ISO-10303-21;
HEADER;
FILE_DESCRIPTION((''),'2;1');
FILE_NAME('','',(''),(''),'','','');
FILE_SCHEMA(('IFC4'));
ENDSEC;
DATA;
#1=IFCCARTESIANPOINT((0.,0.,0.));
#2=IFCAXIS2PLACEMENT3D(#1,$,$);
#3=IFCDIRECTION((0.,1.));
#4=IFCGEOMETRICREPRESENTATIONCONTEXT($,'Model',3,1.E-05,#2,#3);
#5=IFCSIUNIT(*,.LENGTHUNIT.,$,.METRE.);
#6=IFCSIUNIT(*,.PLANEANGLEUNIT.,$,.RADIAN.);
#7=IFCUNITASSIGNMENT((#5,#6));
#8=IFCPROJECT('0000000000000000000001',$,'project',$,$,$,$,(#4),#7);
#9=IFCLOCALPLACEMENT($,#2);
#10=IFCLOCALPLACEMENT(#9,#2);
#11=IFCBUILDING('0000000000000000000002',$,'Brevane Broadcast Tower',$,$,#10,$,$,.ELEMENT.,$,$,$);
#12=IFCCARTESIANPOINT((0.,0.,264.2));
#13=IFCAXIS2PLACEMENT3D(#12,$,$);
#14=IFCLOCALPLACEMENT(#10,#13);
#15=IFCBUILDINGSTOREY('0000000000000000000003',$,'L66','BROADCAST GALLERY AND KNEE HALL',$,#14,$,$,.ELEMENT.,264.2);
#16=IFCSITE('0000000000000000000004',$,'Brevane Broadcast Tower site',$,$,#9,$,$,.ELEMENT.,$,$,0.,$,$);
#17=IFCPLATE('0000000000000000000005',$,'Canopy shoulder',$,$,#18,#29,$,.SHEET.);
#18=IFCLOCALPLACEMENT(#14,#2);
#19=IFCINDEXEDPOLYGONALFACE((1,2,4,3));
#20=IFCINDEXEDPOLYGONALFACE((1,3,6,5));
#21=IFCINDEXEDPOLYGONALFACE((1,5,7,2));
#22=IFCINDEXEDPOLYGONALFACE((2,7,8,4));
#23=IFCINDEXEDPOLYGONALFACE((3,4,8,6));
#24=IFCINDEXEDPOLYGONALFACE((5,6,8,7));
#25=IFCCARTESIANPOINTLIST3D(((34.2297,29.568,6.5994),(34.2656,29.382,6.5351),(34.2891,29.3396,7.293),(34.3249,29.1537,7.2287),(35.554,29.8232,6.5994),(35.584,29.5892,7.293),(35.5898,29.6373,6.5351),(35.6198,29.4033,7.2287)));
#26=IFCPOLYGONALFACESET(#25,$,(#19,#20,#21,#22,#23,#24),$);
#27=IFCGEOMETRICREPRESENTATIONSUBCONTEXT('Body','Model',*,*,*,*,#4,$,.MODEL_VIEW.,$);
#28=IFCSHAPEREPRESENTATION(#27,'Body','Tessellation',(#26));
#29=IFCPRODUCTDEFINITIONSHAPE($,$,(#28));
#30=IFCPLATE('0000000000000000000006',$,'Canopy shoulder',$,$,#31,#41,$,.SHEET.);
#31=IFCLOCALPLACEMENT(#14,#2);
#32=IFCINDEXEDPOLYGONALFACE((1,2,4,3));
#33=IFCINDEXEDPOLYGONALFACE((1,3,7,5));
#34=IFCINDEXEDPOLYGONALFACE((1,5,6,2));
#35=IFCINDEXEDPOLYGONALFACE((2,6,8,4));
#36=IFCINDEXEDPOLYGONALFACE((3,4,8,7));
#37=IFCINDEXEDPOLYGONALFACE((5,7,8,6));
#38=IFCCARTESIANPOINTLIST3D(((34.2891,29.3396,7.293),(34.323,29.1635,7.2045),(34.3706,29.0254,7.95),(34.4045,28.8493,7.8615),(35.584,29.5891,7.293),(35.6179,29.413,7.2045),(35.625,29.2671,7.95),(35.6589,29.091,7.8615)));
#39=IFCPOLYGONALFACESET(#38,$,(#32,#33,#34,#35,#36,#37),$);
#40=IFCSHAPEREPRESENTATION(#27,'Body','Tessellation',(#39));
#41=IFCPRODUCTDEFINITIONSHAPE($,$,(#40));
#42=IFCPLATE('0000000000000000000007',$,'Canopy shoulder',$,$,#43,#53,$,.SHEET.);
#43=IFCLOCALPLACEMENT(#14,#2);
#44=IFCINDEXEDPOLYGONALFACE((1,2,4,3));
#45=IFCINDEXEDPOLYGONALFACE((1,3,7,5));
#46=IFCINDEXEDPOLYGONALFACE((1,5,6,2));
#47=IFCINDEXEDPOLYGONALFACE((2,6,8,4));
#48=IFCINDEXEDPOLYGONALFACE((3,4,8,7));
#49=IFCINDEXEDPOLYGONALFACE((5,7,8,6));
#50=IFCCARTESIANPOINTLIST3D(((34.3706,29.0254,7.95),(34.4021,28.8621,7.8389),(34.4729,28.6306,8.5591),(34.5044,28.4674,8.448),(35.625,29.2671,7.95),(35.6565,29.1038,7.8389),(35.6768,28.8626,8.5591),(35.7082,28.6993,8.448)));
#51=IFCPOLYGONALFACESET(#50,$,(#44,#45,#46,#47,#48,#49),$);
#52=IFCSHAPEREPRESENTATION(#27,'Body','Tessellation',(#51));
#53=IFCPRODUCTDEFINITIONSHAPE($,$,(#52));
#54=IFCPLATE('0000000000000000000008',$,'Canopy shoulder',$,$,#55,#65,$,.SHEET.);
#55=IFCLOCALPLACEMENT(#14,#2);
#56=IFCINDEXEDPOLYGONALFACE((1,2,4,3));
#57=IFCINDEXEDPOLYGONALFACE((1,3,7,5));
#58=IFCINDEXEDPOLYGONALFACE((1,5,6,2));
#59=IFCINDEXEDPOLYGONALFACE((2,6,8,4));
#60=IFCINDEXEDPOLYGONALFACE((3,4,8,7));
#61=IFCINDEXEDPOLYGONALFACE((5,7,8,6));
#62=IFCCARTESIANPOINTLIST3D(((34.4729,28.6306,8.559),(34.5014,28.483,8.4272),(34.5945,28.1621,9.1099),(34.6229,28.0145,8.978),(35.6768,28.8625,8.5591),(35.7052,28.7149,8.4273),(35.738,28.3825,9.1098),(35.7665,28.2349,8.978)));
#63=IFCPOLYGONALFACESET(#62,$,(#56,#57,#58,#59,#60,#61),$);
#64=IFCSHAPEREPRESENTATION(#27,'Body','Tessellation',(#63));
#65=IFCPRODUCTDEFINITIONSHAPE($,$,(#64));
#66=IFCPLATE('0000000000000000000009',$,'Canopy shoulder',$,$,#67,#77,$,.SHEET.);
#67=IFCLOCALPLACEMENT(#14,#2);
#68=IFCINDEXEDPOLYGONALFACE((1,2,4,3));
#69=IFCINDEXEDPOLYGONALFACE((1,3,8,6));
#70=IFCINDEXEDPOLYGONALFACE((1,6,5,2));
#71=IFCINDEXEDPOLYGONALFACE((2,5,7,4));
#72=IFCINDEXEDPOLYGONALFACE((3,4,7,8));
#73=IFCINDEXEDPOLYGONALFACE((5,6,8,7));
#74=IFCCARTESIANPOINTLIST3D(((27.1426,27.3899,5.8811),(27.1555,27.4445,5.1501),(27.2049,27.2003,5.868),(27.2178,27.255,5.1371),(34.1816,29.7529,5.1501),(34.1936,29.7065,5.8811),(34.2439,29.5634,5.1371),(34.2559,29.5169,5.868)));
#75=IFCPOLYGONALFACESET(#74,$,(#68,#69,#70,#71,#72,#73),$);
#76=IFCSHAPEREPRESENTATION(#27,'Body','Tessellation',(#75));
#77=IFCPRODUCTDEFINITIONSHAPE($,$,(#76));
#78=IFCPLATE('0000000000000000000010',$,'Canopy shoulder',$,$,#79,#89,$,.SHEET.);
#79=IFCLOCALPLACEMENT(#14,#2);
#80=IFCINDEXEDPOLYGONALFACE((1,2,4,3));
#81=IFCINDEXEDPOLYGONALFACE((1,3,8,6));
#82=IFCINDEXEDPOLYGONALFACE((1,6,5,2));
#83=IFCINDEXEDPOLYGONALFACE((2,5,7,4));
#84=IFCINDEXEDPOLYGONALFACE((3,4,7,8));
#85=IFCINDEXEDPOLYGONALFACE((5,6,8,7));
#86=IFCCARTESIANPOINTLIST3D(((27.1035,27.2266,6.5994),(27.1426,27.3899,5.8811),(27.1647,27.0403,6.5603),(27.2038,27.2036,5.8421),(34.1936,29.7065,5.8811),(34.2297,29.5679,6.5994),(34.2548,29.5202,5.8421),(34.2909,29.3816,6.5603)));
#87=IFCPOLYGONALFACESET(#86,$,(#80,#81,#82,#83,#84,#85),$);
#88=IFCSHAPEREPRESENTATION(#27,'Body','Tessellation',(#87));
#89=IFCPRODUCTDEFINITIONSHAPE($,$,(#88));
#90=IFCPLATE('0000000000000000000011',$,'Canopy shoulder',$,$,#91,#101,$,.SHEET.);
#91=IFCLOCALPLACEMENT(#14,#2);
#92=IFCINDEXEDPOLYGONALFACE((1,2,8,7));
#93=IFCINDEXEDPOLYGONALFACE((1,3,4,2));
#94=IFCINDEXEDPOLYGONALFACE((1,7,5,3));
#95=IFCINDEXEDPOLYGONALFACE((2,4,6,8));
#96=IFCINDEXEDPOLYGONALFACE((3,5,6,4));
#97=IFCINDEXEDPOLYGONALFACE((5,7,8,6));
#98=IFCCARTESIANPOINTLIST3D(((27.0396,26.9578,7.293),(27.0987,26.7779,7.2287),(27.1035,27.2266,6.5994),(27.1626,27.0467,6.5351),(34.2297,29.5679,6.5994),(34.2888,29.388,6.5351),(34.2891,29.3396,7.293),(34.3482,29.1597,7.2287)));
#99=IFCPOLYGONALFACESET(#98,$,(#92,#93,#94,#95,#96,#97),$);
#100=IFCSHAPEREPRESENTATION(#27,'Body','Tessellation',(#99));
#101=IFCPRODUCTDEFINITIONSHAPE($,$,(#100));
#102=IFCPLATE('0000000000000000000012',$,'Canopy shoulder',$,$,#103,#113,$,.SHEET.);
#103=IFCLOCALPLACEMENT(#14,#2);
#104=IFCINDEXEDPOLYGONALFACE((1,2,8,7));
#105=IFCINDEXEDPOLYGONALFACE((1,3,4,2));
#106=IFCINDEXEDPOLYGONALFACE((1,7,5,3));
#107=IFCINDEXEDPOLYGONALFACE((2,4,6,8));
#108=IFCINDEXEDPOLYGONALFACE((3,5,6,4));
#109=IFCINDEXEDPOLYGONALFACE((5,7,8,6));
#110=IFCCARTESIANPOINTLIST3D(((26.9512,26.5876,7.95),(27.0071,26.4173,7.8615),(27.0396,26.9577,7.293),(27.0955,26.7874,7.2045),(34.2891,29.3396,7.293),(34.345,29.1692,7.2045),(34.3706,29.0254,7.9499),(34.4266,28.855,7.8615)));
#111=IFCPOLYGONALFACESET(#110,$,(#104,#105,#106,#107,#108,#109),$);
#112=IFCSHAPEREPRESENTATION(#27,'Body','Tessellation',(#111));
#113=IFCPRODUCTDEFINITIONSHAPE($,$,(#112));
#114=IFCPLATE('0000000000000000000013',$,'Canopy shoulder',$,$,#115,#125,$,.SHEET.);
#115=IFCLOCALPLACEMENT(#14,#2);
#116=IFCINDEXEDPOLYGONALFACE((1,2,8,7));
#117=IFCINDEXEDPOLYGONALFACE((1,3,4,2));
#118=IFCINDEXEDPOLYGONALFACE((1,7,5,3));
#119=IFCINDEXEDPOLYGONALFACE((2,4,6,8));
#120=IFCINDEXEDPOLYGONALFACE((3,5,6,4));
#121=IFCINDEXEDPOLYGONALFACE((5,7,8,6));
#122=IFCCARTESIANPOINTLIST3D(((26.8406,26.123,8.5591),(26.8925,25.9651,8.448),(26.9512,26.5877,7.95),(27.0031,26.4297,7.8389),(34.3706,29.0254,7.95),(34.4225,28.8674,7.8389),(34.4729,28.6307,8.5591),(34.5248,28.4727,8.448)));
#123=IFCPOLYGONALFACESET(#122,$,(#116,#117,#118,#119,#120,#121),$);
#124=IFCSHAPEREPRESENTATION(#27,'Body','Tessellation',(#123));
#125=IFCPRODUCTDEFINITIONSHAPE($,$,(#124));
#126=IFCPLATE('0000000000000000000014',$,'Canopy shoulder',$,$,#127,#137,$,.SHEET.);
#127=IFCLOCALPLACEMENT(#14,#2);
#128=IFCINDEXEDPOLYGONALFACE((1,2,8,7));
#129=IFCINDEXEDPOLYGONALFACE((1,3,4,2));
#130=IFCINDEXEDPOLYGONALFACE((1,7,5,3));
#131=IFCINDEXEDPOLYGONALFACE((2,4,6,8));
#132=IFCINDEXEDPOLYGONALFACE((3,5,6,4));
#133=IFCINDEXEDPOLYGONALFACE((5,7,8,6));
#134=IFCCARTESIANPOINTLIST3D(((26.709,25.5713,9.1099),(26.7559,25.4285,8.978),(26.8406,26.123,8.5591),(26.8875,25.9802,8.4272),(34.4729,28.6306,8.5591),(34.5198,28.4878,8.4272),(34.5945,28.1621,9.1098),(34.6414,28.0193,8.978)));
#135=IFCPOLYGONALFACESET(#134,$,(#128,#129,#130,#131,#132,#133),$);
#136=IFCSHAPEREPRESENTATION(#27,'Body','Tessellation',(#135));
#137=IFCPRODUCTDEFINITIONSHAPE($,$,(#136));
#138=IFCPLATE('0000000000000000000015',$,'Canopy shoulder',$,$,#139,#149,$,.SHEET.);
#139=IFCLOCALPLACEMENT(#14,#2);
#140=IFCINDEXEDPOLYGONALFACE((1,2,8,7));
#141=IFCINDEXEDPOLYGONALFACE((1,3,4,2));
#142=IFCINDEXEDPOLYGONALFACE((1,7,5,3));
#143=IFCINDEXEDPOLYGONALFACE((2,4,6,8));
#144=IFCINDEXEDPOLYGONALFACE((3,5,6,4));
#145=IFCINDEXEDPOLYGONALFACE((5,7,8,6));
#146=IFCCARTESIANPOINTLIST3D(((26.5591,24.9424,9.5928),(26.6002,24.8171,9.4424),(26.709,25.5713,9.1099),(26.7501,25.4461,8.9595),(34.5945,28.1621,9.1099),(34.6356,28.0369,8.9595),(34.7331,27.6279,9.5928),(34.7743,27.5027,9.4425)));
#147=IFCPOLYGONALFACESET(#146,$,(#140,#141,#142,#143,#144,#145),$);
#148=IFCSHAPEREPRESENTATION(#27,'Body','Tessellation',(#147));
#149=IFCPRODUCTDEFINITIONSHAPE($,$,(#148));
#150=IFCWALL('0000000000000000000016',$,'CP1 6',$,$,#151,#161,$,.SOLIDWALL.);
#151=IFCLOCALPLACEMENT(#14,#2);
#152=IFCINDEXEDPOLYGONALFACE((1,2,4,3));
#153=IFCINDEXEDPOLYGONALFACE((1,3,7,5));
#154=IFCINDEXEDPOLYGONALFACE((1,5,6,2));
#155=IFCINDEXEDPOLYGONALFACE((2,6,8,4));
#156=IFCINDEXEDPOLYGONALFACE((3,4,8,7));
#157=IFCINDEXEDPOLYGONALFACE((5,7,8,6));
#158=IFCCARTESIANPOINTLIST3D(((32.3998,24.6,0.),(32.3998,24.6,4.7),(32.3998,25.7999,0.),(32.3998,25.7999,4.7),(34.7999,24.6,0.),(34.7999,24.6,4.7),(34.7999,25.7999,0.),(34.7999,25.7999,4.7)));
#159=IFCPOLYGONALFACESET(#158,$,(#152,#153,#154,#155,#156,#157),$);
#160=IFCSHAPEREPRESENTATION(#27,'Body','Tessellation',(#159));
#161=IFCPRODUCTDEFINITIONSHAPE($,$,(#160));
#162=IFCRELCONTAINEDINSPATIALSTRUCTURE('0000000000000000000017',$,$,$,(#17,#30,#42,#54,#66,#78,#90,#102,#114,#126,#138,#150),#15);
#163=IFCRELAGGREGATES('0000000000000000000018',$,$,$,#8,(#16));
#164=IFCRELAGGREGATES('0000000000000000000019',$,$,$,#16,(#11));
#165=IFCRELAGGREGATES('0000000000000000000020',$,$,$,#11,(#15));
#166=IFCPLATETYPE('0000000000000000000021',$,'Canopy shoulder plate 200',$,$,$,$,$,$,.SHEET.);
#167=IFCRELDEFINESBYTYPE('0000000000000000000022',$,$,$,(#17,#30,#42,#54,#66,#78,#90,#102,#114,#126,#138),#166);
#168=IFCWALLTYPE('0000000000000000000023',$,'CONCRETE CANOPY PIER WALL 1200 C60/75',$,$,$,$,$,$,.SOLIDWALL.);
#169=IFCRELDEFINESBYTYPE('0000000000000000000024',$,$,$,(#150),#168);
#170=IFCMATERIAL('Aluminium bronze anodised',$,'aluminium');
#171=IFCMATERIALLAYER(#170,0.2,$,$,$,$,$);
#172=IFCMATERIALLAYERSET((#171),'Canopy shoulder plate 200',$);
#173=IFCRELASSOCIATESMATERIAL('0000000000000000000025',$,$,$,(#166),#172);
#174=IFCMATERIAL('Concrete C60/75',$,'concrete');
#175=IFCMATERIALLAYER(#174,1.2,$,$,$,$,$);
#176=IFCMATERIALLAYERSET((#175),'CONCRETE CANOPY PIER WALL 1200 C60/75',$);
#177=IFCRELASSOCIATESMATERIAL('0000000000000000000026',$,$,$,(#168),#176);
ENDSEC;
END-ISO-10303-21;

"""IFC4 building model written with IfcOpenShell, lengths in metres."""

from ifc_helpers import new_model, si_unit, direction, frame, frame_2d, origin, place, context, subcontext, project, spatial, polyline, rectangle, outline, extrude, material, layer, layer_set, type_object, element, save


model = new_model("IFC4")

# Units and contexts
model_context = context("Model", 3, precision=1e-05, world=origin(), true_north=direction((0.0, 1.0)))
body_context = subcontext(model_context, "Body", "Model", "MODEL_VIEW")
ifc_project = project(units=[si_unit("LENGTHUNIT", "METRE"), si_unit("PLANEANGLEUNIT", "RADIAN")], contexts=[model_context])

# Site, building, storey
site_placement = place(None, origin())
site = spatial("IfcSite", under=ifc_project, at=site_placement, Name="Brevane Broadcast Tower site", CompositionType="ELEMENT", RefElevation=0.0)
building_placement = place(site_placement, origin())
building = spatial("IfcBuilding", under=site, at=building_placement, Name="Brevane Broadcast Tower", CompositionType="ELEMENT")
storey_placement = place(building_placement, frame((0.0, 0.0, 264.2)))
storey = spatial("IfcBuildingStorey", under=building, at=storey_placement, Name="L66", Description="BROADCAST GALLERY AND KNEE HALL", CompositionType="ELEMENT", Elevation=264.2)

# Plates
ifc_material_1 = material(Name="Aluminium bronze anodised", Category="aluminium")
ifc_layer_1 = layer(ifc_material_1, 0.2)
ifc_layer_set_1 = layer_set([ifc_layer_1], Name="Canopy shoulder plate 200")
plate_type = type_object("IfcPlateType", Name="Canopy shoulder plate 200", PredefinedType="SHEET", material=ifc_layer_set_1)
plate_1_placement = place(storey_placement, frame((35.554, 29.8232, 6.5994), z_axis=(-0.179234, 0.929799, 0.321478), x_axis=(-0.981921, -0.18929, 0.000023)))
element("IfcPlate", 1, at=plate_1_placement, inside=storey, type_object=plate_type, Name="Canopy shoulder", PredefinedType="SHEET", context=body_context, shape_type="SweptSolid", body=[
    extrude(outline(polyline([(0.0, 0.0), (1.3486, 0.0), (1.3336, 0.7325), (0.0148, 0.7325), (0.0, 0.0)])), origin(), (0.0, 0.0, -1.0), 0.2),
])
plate_2_placement = place(storey_placement, frame((35.584, 29.5891, 7.293), z_axis=(-0.169694, 0.880686, 0.442262), x_axis=(-0.981938, -0.189203, 0.000001)))
element("IfcPlate", 2, at=plate_2_placement, inside=storey, type_object=plate_type, Name="Canopy shoulder", PredefinedType="SHEET", context=body_context, shape_type="SweptSolid", body=[
    extrude(outline(polyline([(0.0, 0.0), (1.3187, 0.0), (1.2981, 0.7325), (0.0207, 0.7325), (0.0, 0.0)])), origin(), (0.0, 0.0, -1.0), 0.2),
])
plate_3_placement = place(storey_placement, frame((35.625, 29.2671, 7.95), z_axis=(-0.157306, 0.81645, 0.555575), x_axis=(-0.98194, -0.189194, 0.000005)))
element("IfcPlate", 3, at=plate_3_placement, inside=storey, type_object=plate_type, Name="Canopy shoulder", PredefinedType="SHEET", context=body_context, shape_type="SweptSolid", body=[
    extrude(outline(polyline([(0.0, 0.0), (1.2775, 0.0), (1.2517, 0.7326), (0.0257, 0.7326), (0.0, 0.0)])), origin(), (0.0, 0.0, -1.0), 0.2),
])
plate_4_placement = place(storey_placement, frame((35.6768, 28.8625, 8.5591), z_axis=(-0.142282, 0.738286, 0.65931), x_axis=(-0.981936, -0.189212, -0.000029)))
element("IfcPlate", 4, at=plate_4_placement, inside=storey, type_object=plate_type, Name="Canopy shoulder", PredefinedType="SHEET", context=body_context, shape_type="SweptSolid", body=[
    extrude(outline(polyline([(0.0, 0.0), (1.226, 0.0), (1.1952, 0.7326), (0.0306, 0.7325), (0.0, 0.0)])), origin(), (0.0, 0.0, -1.0), 0.2),
])
plate_5_placement = place(storey_placement, frame((34.1816, 29.7529, 5.1501), z_axis=(-0.311465, 0.948009, 0.065336), x_axis=(-0.950039, -0.312132, 0.0)))
element("IfcPlate", 5, at=plate_5_placement, inside=storey, type_object=plate_type, Name="Canopy shoulder", PredefinedType="SHEET", context=body_context, shape_type="SweptSolid", body=[
    extrude(outline(polyline([(0.0, 0.0), (7.3956, 0.0), (7.425, 0.7325), (0.0031, 0.7325), (0.0, 0.0)])), origin(), (0.0, 0.0, -1.0), 0.2),
])
plate_6_placement = place(storey_placement, frame((34.1936, 29.7065, 5.8811), z_axis=(-0.306128, 0.931751, 0.195259), x_axis=(-0.950037, -0.312137, 0.000001)))
element("IfcPlate", 6, at=plate_6_placement, inside=storey, type_object=plate_type, Name="Canopy shoulder", PredefinedType="SHEET", context=body_context, shape_type="SweptSolid", body=[
    extrude(outline(polyline([(0.0, 0.0), (7.4218, 0.0), (7.5099, 0.7324), (0.009, 0.7324), (0.0, 0.0)])), origin(), (0.0, 0.0, -1.0), 0.2),
])
plate_7_placement = place(storey_placement, frame((34.2297, 29.5679, 6.5994), z_axis=(-0.295577, 0.89964, 0.321375), x_axis=(-0.950038, -0.312135, 0.0)))
element("IfcPlate", 7, at=plate_7_placement, inside=storey, type_object=plate_type, Name="Canopy shoulder", PredefinedType="SHEET", context=body_context, shape_type="SweptSolid", body=[
    extrude(outline(polyline([(0.0, 0.0), (7.501, 0.0), (7.6457, 0.7325), (0.0149, 0.7325), (0.0, 0.0)])), origin(), (0.0, 0.0, -1.0), 0.2),
])
plate_8_placement = place(storey_placement, frame((34.2891, 29.3396, 7.293), z_axis=(-0.279948, 0.852055, 0.442302), x_axis=(-0.950036, -0.31214, -0.000002)))
element("IfcPlate", 8, at=plate_8_placement, inside=storey, type_object=plate_type, Name="Canopy shoulder", PredefinedType="SHEET", context=body_context, shape_type="SweptSolid", body=[
    extrude(outline(polyline([(0.0, 0.0), (7.6308, 0.0), (7.8303, 0.7325), (0.0206, 0.7325), (0.0, 0.0)])), origin(), (0.0, 0.0, -1.0), 0.2),
])
plate_9_placement = place(storey_placement, frame((34.3706, 29.0254, 7.95), z_axis=(-0.25955, 0.789977, 0.55549), x_axis=(-0.950036, -0.31214, 0.000003)))
element("IfcPlate", 9, at=plate_9_placement, inside=storey, type_object=plate_type, Name="Canopy shoulder", PredefinedType="SHEET", context=body_context, shape_type="SweptSolid", body=[
    extrude(outline(polyline([(0.0, 0.0), (7.8096, 0.0), (8.0597, 0.7325), (0.026, 0.7326), (0.0, 0.0)])), origin(), (0.0, 0.0, -1.0), 0.2),
])
plate_10_placement = place(storey_placement, frame((34.4729, 28.6306, 8.5591), z_axis=(-0.234663, 0.714238, 0.659392), x_axis=(-0.950038, -0.312134, -0.000002)))
element("IfcPlate", 10, at=plate_10_placement, inside=storey, type_object=plate_type, Name="Canopy shoulder", PredefinedType="SHEET", context=body_context, shape_type="SweptSolid", body=[
    extrude(outline(polyline([(0.0, 0.0), (8.0337, 0.0), (8.3309, 0.7326), (0.0307, 0.7326), (0.0, 0.0)])), origin(), (0.0, 0.0, -1.0), 0.2),
])
plate_11_placement = place(storey_placement, frame((34.5945, 28.1621, 9.1099), z_axis=(-0.205787, 0.626351, 0.751888), x_axis=(-0.950037, -0.312137, 0.000002)))
element("IfcPlate", 11, at=plate_11_placement, inside=storey, type_object=plate_type, Name="Canopy shoulder", PredefinedType="SHEET", context=body_context, shape_type="SweptSolid", body=[
    extrude(outline(polyline([(0.0, 0.0), (8.3002, 0.0), (8.6389, 0.7324), (0.035, 0.7325), (0.0, 0.0)])), origin(), (0.0, 0.0, -1.0), 0.2),
])

# Wall
ifc_material_2 = material(Name="Concrete C60/75", Category="concrete")
ifc_layer_2 = layer(ifc_material_2, 1.2)
ifc_layer_set_2 = layer_set([ifc_layer_2], Name="CONCRETE CANOPY PIER WALL 1200 C60/75")
wall_type = type_object("IfcWallType", Name="CONCRETE CANOPY PIER WALL 1200 C60/75", PredefinedType="SOLIDWALL", material=ifc_layer_set_2)
wall_placement = place(storey_placement, frame((34.8, 25.2, 0.0), z_axis=(0.0, 0.0, 1.0), x_axis=(-1.0, 0.0, 0.0)))
element("IfcWall", 12, at=wall_placement, inside=storey, type_object=wall_type, Name="CP1 6", PredefinedType="SOLIDWALL", context=body_context, shape_type="SweptSolid", body=[
    extrude(rectangle(XDim=2.4001, YDim=1.2, at=frame_2d((1.2002, 0.0))), origin(), (0.0, 0.0, 1.0), 4.7),
])

save(model, "model.ifc")
